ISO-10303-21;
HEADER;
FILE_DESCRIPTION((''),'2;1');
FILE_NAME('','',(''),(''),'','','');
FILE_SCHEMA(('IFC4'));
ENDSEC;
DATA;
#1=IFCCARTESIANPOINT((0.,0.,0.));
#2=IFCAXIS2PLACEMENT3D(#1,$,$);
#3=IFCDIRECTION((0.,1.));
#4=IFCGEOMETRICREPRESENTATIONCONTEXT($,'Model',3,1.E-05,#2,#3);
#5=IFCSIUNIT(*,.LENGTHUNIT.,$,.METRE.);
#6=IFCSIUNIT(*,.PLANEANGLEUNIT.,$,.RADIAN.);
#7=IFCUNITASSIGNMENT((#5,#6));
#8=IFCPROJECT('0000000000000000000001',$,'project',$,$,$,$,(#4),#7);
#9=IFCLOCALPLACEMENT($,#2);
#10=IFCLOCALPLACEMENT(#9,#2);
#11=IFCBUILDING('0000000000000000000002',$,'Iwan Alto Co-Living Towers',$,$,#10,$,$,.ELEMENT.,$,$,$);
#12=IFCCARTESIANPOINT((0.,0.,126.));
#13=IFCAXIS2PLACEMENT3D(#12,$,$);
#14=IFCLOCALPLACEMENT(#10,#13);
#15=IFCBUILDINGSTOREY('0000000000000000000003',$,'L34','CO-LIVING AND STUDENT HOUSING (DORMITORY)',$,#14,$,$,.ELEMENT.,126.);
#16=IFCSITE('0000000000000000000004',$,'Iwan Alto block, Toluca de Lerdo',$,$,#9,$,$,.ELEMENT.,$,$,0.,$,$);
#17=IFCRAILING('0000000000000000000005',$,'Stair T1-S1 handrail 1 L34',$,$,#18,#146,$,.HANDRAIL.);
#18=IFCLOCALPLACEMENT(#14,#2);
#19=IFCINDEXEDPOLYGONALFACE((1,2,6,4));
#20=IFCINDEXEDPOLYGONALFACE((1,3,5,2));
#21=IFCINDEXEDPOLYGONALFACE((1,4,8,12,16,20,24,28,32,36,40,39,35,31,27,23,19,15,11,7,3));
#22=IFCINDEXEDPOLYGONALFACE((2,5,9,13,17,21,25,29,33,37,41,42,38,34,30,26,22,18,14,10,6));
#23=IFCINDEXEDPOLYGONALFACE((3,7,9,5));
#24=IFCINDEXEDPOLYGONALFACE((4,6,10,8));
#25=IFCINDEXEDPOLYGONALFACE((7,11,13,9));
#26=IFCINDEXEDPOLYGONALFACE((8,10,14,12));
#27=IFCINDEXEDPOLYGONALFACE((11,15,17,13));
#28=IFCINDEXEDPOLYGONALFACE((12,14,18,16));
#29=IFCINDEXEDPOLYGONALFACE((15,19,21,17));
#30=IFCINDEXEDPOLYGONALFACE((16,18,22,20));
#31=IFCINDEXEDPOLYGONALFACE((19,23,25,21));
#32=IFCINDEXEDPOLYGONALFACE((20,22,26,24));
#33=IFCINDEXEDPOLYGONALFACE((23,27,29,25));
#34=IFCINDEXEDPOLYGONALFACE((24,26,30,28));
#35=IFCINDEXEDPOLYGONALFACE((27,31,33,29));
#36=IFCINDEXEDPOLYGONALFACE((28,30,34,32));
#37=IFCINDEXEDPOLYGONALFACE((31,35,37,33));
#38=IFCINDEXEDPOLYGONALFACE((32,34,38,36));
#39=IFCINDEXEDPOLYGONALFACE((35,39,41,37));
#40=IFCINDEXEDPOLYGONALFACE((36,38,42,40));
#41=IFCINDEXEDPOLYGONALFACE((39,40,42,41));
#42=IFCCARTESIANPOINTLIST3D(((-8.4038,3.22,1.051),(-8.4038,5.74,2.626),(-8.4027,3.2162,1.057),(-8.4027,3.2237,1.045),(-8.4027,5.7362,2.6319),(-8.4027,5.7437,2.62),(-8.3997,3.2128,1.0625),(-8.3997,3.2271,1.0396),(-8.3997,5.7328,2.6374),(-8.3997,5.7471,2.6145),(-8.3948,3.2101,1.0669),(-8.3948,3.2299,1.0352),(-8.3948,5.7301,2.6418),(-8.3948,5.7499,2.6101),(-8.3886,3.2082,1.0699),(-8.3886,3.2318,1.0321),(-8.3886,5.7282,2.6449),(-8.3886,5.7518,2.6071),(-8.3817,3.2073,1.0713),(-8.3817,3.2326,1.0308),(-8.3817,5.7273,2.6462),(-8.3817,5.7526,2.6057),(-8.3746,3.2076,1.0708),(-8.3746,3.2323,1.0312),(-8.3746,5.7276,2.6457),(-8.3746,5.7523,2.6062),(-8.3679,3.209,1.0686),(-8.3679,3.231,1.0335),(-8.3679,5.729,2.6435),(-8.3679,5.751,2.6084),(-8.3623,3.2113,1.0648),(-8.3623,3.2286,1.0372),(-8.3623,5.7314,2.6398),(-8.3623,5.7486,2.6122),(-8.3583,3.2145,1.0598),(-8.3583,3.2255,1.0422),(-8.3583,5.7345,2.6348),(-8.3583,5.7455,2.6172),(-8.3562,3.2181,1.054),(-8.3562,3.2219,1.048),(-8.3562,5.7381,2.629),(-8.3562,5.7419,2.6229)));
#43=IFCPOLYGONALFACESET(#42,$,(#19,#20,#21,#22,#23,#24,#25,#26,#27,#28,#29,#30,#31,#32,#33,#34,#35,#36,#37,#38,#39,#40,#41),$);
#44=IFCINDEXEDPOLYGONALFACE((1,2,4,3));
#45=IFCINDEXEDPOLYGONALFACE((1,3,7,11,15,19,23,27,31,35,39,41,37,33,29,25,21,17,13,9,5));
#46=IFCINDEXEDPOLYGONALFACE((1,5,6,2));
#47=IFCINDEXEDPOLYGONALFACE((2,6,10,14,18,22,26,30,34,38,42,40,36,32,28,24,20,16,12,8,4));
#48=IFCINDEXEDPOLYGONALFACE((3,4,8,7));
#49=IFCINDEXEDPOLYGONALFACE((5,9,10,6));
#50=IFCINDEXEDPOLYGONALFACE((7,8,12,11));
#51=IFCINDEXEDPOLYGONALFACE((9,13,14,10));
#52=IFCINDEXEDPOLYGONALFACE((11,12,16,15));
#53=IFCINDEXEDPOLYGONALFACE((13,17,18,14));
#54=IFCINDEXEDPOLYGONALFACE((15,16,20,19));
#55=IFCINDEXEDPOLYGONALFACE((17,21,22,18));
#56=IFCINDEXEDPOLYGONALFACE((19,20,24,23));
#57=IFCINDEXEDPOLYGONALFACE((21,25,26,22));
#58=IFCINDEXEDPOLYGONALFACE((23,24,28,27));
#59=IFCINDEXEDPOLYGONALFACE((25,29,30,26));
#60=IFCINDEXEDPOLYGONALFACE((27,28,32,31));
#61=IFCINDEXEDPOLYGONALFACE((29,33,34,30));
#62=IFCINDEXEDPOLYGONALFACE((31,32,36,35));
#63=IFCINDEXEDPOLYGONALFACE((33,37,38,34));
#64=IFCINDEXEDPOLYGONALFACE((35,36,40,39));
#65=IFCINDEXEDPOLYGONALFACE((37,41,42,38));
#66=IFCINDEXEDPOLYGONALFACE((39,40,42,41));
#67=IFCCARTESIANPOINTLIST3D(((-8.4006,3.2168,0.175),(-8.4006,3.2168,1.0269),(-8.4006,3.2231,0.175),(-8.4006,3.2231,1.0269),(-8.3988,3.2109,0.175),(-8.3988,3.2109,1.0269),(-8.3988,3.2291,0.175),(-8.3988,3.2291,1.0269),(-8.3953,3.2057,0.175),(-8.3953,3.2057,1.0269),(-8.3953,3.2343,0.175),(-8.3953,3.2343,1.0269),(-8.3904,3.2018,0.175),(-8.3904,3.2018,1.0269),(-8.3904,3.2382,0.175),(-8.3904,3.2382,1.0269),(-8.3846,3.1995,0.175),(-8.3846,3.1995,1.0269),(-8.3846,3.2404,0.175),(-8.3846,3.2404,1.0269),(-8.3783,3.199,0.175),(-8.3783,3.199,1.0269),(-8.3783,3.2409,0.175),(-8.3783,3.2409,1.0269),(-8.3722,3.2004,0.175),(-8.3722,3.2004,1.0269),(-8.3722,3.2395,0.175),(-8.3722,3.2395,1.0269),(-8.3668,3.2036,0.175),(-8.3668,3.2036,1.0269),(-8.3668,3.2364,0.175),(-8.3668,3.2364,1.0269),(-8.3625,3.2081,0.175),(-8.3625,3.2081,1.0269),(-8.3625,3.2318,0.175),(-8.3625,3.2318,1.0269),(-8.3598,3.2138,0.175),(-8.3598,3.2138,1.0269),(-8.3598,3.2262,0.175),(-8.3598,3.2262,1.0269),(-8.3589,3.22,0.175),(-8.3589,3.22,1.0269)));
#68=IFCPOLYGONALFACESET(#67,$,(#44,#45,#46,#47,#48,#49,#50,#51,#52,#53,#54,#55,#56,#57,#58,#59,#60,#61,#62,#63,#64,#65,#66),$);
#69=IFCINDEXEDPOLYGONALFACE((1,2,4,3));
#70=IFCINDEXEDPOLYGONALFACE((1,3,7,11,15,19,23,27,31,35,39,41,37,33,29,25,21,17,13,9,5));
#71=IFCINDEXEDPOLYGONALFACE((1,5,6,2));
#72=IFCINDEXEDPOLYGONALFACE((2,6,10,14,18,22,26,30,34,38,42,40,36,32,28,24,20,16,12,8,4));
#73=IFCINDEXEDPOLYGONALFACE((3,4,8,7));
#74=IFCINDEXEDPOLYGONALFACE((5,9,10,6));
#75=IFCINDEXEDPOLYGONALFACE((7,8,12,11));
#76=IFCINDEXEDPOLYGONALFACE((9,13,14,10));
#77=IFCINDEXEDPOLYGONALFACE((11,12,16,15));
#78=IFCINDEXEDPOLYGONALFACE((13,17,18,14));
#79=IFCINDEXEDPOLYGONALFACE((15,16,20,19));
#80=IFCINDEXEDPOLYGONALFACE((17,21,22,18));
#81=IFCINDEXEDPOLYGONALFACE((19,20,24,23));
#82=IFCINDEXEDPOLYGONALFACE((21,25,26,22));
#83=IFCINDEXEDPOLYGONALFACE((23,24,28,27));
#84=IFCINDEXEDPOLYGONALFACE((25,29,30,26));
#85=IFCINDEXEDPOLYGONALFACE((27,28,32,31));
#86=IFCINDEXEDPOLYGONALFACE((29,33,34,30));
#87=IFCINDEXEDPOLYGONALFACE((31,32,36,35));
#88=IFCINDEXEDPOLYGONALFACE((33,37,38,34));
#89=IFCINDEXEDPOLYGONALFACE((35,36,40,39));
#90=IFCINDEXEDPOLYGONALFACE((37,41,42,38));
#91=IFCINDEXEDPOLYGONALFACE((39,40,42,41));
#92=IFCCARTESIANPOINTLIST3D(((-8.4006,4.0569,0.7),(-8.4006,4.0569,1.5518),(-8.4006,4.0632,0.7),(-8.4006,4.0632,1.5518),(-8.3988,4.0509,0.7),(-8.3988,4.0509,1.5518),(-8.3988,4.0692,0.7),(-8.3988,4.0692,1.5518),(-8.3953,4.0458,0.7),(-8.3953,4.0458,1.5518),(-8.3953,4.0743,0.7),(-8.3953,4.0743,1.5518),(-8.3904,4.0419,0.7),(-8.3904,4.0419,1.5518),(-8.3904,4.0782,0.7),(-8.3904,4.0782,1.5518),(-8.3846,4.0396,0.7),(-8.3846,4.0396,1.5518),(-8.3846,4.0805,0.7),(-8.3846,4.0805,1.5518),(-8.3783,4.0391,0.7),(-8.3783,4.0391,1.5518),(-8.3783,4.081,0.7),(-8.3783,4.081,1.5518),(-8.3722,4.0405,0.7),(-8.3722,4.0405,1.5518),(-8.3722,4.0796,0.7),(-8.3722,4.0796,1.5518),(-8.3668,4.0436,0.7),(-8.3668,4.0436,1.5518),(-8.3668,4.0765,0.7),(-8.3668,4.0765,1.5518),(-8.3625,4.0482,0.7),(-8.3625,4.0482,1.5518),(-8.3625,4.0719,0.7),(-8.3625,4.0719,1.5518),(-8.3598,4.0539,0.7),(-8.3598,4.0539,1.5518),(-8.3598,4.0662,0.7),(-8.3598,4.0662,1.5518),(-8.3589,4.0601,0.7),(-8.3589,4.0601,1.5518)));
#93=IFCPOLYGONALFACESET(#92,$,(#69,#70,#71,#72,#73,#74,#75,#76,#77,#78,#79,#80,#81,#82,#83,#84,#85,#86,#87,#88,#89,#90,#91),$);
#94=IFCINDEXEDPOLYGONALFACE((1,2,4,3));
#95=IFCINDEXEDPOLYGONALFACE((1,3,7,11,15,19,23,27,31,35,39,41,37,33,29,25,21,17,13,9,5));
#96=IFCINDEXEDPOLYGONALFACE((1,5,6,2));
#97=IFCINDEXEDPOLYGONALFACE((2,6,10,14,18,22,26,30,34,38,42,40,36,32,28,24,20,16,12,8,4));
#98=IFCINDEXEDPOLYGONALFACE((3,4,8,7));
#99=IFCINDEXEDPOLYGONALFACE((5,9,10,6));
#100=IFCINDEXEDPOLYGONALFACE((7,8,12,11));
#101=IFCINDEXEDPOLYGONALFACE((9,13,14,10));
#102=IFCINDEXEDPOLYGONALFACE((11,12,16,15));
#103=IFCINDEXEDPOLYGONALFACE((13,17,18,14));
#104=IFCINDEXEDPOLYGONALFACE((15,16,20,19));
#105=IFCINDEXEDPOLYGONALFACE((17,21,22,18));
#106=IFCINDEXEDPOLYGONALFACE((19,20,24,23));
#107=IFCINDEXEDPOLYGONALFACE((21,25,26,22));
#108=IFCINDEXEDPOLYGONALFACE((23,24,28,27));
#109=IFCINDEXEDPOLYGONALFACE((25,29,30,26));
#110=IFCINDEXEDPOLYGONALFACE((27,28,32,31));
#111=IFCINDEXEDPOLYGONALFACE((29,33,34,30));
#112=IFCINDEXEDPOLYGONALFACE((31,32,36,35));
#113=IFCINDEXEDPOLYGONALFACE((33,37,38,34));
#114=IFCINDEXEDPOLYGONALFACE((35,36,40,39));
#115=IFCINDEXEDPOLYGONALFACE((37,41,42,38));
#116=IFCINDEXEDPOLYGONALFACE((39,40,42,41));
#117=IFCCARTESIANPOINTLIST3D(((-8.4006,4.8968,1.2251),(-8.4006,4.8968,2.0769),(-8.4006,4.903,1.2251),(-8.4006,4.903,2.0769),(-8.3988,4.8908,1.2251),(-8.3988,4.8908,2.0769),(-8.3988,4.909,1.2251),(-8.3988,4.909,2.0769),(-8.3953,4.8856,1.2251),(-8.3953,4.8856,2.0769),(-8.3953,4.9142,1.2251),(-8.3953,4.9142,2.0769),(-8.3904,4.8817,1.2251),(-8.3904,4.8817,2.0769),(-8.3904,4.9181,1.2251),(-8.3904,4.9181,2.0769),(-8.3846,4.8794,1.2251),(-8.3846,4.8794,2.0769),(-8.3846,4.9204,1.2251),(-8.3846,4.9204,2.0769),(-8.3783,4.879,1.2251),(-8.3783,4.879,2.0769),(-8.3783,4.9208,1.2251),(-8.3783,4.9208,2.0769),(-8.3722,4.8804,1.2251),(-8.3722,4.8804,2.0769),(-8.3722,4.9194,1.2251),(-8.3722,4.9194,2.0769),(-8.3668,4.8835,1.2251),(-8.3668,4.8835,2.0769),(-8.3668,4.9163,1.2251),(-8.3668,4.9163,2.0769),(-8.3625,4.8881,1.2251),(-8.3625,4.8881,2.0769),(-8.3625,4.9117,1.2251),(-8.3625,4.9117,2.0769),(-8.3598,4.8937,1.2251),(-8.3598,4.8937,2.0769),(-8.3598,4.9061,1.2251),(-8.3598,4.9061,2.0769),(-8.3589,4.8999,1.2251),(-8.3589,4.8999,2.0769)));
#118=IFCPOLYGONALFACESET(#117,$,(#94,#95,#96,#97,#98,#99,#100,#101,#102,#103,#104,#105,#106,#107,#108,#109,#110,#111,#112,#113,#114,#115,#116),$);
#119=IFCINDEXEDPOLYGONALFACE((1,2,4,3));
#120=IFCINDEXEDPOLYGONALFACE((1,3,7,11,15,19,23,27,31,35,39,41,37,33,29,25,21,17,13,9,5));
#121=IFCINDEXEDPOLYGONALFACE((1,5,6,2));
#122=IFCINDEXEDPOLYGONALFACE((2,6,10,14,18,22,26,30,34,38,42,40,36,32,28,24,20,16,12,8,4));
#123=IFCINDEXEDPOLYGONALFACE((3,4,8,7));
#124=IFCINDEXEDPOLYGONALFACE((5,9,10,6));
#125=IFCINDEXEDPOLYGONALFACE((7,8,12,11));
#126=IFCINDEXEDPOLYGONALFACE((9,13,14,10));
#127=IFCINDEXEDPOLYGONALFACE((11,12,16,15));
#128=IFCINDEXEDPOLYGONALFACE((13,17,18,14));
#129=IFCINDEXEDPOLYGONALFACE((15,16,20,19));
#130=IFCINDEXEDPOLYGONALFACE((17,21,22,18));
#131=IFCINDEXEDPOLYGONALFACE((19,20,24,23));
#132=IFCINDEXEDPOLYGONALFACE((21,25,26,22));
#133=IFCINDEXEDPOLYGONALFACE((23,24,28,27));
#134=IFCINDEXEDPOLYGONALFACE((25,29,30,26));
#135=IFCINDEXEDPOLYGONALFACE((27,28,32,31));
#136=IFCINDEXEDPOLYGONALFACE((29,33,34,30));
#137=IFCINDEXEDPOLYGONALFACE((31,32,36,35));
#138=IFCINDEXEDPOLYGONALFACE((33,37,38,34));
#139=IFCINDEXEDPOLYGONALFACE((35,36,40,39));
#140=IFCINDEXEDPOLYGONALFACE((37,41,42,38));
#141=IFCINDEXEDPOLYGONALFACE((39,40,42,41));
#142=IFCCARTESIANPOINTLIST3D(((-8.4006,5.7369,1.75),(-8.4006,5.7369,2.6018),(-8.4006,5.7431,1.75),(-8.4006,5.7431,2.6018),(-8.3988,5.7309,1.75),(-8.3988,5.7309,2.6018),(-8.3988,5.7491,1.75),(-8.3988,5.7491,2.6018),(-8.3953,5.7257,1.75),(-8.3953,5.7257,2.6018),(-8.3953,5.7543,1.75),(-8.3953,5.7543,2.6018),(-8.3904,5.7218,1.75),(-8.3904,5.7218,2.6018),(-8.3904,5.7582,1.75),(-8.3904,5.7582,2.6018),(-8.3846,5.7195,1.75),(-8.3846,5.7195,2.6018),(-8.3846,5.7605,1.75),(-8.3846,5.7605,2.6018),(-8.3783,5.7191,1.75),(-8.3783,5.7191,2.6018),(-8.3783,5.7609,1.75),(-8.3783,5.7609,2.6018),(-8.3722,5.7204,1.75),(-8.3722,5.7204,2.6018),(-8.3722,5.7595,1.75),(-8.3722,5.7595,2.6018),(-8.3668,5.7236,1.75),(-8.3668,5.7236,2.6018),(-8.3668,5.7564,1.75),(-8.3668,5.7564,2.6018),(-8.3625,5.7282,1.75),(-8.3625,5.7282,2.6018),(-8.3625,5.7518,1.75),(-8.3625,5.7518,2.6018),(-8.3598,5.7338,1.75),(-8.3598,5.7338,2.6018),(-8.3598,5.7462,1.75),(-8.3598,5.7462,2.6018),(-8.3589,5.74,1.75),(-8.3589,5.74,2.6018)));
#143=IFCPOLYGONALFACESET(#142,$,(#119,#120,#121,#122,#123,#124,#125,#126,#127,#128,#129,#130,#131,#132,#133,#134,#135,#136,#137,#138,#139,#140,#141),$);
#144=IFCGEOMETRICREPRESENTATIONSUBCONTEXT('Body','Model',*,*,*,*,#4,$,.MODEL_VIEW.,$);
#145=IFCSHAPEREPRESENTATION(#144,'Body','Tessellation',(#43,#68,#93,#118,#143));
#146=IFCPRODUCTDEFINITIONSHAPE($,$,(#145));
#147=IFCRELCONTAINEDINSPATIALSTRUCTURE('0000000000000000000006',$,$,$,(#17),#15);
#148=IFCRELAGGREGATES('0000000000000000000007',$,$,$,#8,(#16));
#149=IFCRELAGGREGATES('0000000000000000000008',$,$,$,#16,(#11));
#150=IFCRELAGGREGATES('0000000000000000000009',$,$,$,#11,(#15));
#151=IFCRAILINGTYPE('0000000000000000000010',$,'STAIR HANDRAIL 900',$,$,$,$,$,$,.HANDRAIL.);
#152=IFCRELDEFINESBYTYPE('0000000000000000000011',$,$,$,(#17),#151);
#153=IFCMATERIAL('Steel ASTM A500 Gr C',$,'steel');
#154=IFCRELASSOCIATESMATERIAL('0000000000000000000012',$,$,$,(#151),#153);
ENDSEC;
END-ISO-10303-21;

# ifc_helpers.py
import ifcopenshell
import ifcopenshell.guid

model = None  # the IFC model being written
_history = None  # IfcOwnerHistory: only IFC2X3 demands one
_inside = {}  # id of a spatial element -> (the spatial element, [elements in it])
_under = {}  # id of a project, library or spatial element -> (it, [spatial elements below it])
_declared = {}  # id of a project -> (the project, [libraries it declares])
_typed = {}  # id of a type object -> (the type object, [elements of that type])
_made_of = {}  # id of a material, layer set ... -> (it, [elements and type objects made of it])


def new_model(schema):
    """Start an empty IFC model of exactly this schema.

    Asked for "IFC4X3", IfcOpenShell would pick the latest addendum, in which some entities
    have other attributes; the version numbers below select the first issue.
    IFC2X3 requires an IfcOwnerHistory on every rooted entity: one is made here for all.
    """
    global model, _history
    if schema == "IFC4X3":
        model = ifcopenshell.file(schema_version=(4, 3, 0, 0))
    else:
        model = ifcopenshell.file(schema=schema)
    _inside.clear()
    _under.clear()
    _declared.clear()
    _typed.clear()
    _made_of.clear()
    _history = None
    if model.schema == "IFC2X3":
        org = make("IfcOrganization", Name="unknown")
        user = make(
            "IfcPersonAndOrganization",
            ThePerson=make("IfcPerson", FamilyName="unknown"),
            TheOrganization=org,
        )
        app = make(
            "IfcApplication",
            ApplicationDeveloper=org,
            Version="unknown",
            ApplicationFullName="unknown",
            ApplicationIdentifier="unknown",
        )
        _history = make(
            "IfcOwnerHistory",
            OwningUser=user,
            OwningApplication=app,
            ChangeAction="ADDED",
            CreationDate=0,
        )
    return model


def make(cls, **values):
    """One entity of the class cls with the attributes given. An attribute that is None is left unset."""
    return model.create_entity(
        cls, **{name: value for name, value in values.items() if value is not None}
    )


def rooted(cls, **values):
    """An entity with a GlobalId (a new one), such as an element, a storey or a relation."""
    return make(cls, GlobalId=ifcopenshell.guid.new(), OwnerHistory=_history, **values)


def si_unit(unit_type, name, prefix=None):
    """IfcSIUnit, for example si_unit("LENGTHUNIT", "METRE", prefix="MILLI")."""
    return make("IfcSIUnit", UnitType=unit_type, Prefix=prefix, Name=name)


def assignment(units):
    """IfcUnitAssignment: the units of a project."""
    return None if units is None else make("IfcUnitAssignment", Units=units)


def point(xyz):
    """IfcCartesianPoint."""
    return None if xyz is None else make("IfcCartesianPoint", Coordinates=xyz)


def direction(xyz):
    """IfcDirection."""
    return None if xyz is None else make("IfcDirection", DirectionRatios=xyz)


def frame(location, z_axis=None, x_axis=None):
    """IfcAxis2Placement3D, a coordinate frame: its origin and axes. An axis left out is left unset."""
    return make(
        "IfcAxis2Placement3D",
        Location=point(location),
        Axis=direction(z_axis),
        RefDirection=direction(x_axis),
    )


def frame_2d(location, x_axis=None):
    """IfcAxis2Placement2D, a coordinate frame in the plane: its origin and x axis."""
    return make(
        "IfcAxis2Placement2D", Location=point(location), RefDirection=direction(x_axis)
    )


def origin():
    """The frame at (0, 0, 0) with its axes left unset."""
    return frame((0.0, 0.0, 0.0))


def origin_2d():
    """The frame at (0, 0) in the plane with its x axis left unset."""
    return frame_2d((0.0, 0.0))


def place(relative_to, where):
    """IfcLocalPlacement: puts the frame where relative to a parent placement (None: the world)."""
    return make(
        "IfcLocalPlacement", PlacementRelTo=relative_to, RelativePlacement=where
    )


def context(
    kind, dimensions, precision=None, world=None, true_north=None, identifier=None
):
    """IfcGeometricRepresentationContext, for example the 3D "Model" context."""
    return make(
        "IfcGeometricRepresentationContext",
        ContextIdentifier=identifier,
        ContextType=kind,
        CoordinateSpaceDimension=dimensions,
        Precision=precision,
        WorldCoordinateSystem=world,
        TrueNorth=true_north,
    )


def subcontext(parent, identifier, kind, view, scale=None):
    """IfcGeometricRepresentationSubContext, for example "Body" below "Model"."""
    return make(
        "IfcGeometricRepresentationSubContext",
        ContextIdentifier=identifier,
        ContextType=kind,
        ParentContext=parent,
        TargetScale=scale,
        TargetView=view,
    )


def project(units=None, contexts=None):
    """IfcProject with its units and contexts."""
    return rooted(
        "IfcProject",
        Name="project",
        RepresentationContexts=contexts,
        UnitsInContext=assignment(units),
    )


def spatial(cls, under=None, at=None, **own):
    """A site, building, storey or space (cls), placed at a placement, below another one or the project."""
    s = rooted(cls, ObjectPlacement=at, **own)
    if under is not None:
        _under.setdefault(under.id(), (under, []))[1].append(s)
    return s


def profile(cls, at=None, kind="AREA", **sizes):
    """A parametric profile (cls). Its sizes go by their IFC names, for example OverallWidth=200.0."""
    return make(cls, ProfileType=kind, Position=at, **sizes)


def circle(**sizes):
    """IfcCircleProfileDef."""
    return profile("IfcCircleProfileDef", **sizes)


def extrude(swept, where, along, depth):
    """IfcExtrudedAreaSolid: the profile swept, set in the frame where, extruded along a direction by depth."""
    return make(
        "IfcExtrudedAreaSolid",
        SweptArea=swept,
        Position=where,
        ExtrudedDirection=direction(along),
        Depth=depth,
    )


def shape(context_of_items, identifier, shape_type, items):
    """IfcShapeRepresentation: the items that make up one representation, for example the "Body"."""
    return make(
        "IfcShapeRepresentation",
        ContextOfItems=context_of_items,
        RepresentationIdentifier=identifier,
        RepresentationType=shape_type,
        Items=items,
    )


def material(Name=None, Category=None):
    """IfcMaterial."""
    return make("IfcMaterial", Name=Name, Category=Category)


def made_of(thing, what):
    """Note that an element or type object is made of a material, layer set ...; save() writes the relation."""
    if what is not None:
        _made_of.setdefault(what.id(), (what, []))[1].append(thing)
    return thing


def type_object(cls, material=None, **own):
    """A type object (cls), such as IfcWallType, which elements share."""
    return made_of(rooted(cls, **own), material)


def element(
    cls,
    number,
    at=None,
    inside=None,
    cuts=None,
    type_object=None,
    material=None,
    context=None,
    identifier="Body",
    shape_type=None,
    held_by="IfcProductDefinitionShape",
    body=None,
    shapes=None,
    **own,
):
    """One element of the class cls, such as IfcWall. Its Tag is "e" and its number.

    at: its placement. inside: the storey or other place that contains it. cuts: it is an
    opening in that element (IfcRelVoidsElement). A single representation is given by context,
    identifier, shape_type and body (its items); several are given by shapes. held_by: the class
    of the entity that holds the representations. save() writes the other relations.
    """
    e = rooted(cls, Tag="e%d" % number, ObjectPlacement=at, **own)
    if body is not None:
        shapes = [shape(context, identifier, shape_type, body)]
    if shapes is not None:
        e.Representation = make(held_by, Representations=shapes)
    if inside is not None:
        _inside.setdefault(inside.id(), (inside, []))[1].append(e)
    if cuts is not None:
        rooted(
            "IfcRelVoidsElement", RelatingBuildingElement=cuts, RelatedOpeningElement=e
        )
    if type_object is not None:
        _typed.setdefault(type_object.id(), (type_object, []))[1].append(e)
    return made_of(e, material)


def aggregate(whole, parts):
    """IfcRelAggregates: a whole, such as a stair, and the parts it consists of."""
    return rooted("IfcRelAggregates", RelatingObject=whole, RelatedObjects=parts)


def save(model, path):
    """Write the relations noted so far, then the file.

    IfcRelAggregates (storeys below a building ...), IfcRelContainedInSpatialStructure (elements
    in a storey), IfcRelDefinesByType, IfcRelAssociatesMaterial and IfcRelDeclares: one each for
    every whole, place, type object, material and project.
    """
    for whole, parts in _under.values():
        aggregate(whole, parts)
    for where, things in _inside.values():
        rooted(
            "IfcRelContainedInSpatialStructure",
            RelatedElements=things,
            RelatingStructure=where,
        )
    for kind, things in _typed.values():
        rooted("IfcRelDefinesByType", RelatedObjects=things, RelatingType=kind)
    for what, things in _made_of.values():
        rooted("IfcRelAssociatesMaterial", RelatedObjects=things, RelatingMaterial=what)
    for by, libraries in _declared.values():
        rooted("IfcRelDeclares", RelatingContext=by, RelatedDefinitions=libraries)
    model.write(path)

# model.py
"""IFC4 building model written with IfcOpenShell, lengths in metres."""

from ifc_helpers import new_model, si_unit, direction, frame, origin, origin_2d, place, context, subcontext, project, spatial, circle, extrude, material, type_object, element, save


model = new_model("IFC4")

# Units and contexts
model_context = context("Model", 3, precision=1e-05, world=origin(), true_north=direction((0.0, 1.0)))
body_context = subcontext(model_context, "Body", "Model", "MODEL_VIEW")
ifc_project = project(units=[si_unit("LENGTHUNIT", "METRE"), si_unit("PLANEANGLEUNIT", "RADIAN")], contexts=[model_context])

# Site, building, storey
site_placement = place(None, origin())
site = spatial("IfcSite", under=ifc_project, at=site_placement, Name="Iwan Alto block, Toluca de Lerdo", CompositionType="ELEMENT", RefElevation=0.0)
building_placement = place(site_placement, origin())
building = spatial("IfcBuilding", under=site, at=building_placement, Name="Iwan Alto Co-Living Towers", CompositionType="ELEMENT")
storey_placement = place(building_placement, frame((0.0, 0.0, 126.0)))
storey = spatial("IfcBuildingStorey", under=building, at=storey_placement, Name="L34", Description="CO-LIVING AND STUDENT HOUSING (DORMITORY)", CompositionType="ELEMENT", Elevation=126.0)

# Railing
ifc_material_1 = material(Name="Steel ASTM A500 Gr C", Category="steel")
railing_type_1 = type_object("IfcRailingType", Name="STAIR HANDRAIL 900", PredefinedType="HANDRAIL", material=ifc_material_1)
railing_1_placement = place(storey_placement, frame((-8.3799, 3.22, 0.175)))
element("IfcRailing", 1, at=railing_1_placement, inside=storey, type_object=railing_type_1, Name="Stair T1-S1 handrail 1 L34", PredefinedType="HANDRAIL", context=body_context, shape_type="SweptSolid", body=[
    extrude(circle(Radius=0.0239, at=origin_2d()), frame((0.0, 0.0, 0.876), z_axis=(0.0, 0.848008, 0.529984), x_axis=(-1.0, 0.0, 0.0)), (0.0, 0.0, 1.0), 2.9717),
    extrude(circle(Radius=0.021, at=origin_2d()), origin(), (0.0, 0.0, 1.0), 0.8518),
    extrude(circle(Radius=0.021, at=origin_2d()), frame((0.0, 0.8401, 0.5249)), (0.0, 0.0, 1.0), 0.8518),
    extrude(circle(Radius=0.021, at=origin_2d()), frame((0.0, 1.6799, 1.05)), (0.0, 0.0, 1.0), 0.8518),
    extrude(circle(Radius=0.021, at=origin_2d()), frame((0.0, 2.52, 1.575)), (0.0, 0.0, 1.0), 0.8518),
])

save(model, "model.ifc")
